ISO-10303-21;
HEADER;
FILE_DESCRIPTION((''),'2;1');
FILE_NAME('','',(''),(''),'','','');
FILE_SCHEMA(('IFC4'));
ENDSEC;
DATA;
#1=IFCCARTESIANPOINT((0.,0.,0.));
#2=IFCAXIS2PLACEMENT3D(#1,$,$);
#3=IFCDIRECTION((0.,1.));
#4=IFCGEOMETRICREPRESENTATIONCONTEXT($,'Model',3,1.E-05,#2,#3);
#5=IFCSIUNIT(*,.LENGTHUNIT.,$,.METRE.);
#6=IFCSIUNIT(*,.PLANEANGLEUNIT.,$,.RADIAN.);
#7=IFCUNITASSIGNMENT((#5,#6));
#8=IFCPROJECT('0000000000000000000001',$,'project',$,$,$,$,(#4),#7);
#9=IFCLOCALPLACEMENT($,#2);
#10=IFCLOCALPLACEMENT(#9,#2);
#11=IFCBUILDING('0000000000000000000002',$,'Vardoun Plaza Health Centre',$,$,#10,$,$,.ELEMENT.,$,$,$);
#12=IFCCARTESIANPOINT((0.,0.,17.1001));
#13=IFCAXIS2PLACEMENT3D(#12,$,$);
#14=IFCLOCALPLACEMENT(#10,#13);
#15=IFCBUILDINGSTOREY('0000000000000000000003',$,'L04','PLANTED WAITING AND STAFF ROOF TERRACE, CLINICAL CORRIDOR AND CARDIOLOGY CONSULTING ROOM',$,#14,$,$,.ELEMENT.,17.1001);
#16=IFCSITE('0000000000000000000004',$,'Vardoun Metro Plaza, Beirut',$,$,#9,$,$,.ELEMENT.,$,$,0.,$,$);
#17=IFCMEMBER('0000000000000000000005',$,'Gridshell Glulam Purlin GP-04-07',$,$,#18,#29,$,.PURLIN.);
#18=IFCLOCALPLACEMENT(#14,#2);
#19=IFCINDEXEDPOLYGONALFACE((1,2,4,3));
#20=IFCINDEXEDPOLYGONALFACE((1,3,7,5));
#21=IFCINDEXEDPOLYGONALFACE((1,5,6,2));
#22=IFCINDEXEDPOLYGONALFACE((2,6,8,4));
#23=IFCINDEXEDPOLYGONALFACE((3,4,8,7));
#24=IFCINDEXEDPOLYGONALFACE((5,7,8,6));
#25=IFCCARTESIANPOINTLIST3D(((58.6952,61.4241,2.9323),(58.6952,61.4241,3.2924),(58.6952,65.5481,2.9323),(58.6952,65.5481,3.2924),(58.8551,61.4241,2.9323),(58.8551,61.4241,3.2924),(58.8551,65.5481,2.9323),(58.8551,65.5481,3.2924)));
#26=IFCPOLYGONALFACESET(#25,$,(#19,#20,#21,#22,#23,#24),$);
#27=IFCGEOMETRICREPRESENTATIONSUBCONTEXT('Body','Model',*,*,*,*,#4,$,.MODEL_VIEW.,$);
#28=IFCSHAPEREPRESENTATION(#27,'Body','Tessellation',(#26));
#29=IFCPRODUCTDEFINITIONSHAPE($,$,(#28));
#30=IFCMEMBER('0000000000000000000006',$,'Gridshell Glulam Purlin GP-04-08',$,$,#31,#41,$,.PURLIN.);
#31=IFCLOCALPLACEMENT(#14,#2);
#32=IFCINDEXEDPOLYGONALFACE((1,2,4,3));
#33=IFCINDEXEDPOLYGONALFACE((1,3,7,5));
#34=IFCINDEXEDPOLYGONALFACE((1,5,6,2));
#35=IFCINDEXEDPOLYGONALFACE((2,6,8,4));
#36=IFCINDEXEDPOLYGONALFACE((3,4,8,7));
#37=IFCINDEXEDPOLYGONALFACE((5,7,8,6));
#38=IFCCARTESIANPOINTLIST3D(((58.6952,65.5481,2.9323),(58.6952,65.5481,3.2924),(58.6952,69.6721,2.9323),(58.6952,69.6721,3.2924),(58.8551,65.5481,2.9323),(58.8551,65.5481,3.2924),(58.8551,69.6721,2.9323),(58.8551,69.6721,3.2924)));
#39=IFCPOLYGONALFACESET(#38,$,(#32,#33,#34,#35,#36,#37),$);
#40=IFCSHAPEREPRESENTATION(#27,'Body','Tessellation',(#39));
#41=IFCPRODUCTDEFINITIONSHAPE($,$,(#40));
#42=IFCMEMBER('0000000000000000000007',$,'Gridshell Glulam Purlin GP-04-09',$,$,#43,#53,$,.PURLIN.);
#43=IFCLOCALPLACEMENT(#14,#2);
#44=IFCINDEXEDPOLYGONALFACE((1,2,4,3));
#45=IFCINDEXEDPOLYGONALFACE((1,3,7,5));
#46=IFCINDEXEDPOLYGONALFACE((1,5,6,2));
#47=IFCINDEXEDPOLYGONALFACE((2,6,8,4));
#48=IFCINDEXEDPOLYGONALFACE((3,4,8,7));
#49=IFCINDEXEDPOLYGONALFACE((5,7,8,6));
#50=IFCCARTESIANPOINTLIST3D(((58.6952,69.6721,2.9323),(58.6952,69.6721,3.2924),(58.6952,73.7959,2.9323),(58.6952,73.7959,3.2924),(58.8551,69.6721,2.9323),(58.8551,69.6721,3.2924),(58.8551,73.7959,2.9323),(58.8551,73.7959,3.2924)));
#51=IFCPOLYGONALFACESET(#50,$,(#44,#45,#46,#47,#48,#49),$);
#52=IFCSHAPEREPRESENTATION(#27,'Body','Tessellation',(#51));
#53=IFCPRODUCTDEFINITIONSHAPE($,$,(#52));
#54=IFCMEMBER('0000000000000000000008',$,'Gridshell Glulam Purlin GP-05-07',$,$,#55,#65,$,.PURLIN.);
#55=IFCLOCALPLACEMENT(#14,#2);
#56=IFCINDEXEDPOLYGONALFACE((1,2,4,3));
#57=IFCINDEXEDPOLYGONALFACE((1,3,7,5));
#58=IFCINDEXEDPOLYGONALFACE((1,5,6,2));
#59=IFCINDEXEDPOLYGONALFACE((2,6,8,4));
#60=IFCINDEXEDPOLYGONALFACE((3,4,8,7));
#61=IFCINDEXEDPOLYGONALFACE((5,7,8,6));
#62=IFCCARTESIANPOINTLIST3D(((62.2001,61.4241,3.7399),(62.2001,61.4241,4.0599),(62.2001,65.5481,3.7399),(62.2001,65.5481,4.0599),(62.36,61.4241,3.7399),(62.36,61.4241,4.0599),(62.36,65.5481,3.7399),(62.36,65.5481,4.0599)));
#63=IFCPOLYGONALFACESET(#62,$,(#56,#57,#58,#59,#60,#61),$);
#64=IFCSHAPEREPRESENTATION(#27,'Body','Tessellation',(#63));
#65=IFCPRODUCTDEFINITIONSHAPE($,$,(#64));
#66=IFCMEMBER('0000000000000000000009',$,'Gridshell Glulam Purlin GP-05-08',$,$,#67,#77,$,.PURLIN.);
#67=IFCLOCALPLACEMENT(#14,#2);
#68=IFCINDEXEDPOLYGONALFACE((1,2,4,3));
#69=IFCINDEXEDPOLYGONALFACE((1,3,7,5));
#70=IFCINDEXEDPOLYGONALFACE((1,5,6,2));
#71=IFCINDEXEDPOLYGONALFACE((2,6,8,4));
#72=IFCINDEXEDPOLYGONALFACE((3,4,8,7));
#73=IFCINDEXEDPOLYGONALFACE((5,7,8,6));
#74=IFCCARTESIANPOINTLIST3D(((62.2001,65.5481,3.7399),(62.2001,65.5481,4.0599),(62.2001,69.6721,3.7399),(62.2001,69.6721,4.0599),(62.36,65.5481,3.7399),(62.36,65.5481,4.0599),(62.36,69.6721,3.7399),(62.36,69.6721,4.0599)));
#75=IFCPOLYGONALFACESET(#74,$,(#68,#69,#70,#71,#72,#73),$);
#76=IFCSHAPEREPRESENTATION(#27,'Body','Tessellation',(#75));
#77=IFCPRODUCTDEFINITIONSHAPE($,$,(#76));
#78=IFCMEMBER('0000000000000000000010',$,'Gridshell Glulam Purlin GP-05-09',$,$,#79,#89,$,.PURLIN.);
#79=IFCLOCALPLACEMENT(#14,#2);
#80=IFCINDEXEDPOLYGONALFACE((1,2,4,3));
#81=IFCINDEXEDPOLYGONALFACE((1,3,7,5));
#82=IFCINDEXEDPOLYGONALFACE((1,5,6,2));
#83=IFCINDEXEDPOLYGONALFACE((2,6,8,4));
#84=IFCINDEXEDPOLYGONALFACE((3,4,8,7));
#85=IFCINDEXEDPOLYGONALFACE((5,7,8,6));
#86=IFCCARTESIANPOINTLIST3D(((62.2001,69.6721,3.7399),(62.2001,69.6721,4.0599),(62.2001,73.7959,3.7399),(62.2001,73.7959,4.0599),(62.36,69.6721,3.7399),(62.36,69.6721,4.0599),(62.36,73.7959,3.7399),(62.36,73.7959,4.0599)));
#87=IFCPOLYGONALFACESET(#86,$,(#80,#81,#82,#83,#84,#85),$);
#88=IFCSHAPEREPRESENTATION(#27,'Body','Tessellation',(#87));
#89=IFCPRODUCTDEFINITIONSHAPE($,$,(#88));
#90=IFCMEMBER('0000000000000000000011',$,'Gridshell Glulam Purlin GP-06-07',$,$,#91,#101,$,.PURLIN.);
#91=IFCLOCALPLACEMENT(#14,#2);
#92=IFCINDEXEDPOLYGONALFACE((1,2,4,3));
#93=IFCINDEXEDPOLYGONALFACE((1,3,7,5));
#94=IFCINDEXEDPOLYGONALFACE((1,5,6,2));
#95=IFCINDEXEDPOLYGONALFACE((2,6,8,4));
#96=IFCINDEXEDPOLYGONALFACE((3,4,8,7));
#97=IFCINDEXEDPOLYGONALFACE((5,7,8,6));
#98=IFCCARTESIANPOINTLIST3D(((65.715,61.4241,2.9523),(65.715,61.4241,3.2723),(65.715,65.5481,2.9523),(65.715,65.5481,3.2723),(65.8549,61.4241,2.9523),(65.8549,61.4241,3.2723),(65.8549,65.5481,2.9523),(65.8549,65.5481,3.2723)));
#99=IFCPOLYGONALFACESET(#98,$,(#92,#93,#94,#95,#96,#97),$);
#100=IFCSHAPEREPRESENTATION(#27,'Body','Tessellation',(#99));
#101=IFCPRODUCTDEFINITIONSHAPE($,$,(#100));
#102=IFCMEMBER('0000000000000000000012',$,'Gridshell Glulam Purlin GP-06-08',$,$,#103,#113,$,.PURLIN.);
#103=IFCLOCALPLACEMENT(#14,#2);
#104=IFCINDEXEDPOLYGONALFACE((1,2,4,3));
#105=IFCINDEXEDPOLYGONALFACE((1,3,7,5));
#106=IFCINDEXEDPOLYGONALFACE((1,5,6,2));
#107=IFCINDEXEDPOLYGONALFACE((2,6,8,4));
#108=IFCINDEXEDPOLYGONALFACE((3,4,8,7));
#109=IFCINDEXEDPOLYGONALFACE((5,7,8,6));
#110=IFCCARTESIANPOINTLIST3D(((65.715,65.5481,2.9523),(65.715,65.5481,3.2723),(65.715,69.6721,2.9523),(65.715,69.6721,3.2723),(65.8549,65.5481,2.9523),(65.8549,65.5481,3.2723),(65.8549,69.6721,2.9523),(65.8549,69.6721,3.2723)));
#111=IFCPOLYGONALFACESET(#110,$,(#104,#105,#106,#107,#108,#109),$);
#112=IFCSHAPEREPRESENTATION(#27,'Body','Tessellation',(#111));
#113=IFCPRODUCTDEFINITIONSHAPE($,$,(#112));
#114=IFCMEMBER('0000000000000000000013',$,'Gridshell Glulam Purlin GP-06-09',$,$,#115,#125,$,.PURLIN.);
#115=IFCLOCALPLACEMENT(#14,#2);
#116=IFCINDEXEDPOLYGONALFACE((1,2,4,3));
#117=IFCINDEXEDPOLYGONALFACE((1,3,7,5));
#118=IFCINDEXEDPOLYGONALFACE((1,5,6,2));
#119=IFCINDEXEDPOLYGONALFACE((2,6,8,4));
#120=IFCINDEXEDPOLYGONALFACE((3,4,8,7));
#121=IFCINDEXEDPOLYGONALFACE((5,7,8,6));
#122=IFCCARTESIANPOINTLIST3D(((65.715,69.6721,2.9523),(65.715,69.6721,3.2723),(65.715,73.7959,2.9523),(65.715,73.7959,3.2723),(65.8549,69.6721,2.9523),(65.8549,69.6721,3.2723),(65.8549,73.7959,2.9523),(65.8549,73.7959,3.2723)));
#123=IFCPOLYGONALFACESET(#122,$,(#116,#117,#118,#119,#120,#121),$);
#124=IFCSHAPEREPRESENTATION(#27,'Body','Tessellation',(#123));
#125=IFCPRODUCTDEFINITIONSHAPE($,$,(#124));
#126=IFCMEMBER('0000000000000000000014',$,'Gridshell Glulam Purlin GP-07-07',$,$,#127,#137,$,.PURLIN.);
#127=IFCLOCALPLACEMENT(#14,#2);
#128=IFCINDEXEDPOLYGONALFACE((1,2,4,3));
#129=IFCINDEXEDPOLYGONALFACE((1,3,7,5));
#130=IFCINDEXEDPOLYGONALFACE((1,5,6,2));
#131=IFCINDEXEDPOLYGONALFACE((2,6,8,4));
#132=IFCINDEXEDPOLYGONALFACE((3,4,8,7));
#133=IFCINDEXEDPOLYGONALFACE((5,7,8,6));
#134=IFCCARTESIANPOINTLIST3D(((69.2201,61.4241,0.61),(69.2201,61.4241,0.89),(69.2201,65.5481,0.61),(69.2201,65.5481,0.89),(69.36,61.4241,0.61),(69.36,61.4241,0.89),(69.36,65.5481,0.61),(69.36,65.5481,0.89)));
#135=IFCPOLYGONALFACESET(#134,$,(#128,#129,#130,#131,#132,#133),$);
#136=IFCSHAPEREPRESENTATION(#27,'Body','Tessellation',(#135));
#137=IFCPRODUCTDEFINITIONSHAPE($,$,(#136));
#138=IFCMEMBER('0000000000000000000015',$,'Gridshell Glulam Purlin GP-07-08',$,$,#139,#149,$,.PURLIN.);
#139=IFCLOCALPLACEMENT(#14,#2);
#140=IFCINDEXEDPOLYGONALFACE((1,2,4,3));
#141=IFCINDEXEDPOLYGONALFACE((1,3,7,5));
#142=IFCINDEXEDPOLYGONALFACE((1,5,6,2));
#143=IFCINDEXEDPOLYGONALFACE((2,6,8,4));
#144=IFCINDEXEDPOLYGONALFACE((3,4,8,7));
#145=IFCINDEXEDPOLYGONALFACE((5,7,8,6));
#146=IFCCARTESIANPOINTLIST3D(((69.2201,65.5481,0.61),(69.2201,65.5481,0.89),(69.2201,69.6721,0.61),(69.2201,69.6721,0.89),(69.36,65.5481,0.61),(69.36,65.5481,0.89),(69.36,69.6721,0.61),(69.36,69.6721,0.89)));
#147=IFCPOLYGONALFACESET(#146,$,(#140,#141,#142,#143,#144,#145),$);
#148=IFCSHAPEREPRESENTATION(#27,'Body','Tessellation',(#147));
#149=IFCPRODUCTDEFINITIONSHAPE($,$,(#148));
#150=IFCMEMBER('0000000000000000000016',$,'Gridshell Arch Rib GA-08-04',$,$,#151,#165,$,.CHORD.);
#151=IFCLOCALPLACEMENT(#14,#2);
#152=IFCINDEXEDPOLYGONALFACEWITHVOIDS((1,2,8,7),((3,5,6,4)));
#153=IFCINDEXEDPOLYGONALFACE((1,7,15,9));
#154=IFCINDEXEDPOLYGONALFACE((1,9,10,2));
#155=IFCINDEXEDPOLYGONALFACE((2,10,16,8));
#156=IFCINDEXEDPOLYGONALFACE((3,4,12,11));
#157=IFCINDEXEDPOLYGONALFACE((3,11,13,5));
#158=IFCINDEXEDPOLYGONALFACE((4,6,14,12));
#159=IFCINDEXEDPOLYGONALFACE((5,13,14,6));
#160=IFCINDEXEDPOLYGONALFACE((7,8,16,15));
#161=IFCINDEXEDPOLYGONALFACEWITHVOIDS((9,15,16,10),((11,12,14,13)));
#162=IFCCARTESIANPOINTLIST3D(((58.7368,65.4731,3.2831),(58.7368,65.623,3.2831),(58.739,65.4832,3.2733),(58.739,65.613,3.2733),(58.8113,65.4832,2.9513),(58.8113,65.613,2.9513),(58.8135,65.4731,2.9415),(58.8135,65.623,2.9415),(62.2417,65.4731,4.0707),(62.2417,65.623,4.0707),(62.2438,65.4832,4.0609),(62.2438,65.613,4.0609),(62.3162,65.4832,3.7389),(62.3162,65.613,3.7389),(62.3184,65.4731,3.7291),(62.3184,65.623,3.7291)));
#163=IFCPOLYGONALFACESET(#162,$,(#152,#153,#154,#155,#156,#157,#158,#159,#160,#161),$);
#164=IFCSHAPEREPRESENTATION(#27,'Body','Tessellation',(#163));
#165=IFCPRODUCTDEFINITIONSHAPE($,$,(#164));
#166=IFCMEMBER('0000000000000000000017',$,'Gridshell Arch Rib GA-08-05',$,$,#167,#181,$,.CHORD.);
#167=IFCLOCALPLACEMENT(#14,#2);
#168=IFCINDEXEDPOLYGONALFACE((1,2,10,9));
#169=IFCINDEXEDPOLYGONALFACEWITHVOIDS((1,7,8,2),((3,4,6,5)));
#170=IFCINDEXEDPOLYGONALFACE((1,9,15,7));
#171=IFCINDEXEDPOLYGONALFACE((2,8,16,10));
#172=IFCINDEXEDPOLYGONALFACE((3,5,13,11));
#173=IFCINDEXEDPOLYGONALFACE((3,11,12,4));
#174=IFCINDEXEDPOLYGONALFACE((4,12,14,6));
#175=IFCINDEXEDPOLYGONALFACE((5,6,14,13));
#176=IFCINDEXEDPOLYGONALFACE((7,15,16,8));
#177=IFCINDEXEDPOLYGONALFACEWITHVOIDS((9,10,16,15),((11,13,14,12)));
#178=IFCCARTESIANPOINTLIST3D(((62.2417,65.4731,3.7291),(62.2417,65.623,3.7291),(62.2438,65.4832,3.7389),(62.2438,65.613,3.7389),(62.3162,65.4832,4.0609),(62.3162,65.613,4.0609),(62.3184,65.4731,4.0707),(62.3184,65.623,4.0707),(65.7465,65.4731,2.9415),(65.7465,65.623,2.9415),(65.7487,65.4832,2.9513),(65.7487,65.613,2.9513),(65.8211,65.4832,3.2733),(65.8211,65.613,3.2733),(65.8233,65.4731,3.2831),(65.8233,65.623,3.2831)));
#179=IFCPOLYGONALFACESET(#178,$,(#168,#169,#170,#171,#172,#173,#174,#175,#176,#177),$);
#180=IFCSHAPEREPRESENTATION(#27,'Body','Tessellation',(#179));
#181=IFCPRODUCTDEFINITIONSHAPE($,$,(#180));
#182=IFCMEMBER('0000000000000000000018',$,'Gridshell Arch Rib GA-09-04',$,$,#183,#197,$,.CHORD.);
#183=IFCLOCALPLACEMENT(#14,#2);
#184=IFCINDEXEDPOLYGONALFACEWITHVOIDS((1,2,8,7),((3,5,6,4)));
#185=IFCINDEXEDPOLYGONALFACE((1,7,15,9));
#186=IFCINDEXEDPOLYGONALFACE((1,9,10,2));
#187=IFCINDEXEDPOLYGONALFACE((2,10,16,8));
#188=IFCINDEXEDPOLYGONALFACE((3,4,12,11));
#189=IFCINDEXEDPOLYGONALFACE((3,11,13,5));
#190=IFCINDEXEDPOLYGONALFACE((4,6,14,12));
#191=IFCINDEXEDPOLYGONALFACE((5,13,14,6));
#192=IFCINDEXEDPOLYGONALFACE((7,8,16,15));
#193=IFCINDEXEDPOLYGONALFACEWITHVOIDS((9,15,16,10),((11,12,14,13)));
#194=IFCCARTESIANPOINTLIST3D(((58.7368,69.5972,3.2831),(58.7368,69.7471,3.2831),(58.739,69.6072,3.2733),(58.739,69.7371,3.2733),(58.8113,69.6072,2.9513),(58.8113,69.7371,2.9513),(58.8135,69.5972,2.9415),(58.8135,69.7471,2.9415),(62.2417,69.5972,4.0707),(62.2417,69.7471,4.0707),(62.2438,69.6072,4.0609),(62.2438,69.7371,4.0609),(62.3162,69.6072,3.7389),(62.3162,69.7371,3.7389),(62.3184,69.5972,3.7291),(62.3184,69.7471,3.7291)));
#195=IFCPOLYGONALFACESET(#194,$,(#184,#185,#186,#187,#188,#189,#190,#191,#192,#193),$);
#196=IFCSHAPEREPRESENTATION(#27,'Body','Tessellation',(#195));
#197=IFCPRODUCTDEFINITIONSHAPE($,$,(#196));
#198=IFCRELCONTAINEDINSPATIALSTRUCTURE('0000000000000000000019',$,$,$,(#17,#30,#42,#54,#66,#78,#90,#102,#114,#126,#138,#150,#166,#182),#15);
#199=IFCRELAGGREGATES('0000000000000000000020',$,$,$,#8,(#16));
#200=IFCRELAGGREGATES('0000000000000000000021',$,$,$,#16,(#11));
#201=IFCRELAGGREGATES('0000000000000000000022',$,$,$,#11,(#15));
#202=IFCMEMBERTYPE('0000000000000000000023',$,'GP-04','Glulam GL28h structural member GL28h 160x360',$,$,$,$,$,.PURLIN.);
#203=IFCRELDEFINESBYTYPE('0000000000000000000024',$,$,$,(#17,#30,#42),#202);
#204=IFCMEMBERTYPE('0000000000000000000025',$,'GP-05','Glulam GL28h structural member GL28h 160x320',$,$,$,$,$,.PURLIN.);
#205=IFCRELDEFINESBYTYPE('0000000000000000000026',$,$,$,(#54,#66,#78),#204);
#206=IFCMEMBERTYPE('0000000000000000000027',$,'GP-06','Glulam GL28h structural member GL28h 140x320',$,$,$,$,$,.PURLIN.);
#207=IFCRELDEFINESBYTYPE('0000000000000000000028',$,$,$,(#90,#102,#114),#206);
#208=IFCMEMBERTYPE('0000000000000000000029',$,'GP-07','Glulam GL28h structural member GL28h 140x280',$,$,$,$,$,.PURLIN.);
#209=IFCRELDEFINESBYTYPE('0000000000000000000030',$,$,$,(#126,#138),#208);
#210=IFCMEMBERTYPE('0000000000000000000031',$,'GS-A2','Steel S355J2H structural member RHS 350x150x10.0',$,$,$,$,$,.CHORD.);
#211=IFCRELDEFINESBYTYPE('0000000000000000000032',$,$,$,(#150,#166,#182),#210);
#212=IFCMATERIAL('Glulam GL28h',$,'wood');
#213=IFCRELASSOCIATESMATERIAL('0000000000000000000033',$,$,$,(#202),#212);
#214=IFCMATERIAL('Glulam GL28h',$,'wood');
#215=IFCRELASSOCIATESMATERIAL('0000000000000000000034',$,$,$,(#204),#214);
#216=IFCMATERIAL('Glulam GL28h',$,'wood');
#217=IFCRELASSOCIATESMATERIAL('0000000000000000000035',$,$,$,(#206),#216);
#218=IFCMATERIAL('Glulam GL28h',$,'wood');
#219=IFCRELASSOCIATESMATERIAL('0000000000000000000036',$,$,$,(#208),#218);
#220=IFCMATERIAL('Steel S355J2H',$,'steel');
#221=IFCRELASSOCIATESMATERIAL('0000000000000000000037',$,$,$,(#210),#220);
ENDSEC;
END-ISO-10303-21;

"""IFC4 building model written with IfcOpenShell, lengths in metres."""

from ifc_helpers import new_model, si_unit, direction, frame, origin, origin_2d, place, context, subcontext, project, spatial, rectangle, hollow_rectangle, extrude, material, material_profile, profile_set, type_object, element, save


model = new_model("IFC4")

# Units and contexts
model_context = context("Model", 3, precision=1e-05, world=origin(), true_north=direction((0.0, 1.0)))
body_context = subcontext(model_context, "Body", "Model", "MODEL_VIEW")
ifc_project = project(units=[si_unit("LENGTHUNIT", "METRE"), si_unit("PLANEANGLEUNIT", "RADIAN")], contexts=[model_context])

# Site, building, storey
site_placement = place(None, origin())
site = spatial("IfcSite", under=ifc_project, at=site_placement, Name="Vardoun Metro Plaza, Beirut", CompositionType="ELEMENT", RefElevation=0.0)
building_placement = place(site_placement, origin())
building = spatial("IfcBuilding", under=site, at=building_placement, Name="Vardoun Plaza Health Centre", CompositionType="ELEMENT")
storey_placement = place(building_placement, frame((0.0, 0.0, 17.1001)))
storey = spatial("IfcBuildingStorey", under=building, at=storey_placement, Name="L04", Description="PLANTED WAITING AND STAFF ROOF TERRACE, CLINICAL CORRIDOR AND CARDIOLOGY CONSULTING ROOM", CompositionType="ELEMENT", Elevation=17.1001)

# Members
ifc_material_1 = material(Name="Glulam GL28h", Category="wood")
ifc_material_profile_1 = material_profile(ifc_material_1, rectangle(XDim=0.1599, YDim=0.3601, at=origin_2d()), Name="GL28h 160x360")
ifc_profile_set_1 = profile_set([ifc_material_profile_1], Name="Glulam GL28h")
member_type_1 = type_object("IfcMemberType", Name="GP-04", Description="Glulam GL28h structural member GL28h 160x360", PredefinedType="PURLIN", material=ifc_profile_set_1)
for number, where, z_axis, x_axis, name in (
    (1, (58.7751, 61.4241, 3.1123), (0.0, 1.0, 0.0), (-1.0, 0.0, 0.0), "Gridshell Glulam Purlin GP-04-07"),
    (2, (58.7751, 65.5481, 3.1123), (0.0, 1.0, 0.0), (-1.0, 0.0, 0.0), "Gridshell Glulam Purlin GP-04-08"),
):
    element("IfcMember", number, at=place(storey_placement, frame(where, z_axis=z_axis, x_axis=x_axis)), inside=storey, type_object=member_type_1, Name=name, PredefinedType="PURLIN", context=body_context, shape_type="SweptSolid", body=[
        extrude(rectangle(XDim=0.1599, YDim=0.3601, at=origin_2d()), origin(), (0.0, 0.0, 1.0), 4.124),
    ])
member_1_placement = place(storey_placement, frame((58.7751, 69.6721, 3.1123), z_axis=(0.0, 1.0, 0.0), x_axis=(-1.0, 0.0, 0.0)))
element("IfcMember", 3, at=member_1_placement, inside=storey, type_object=member_type_1, Name="Gridshell Glulam Purlin GP-04-09", PredefinedType="PURLIN", context=body_context, shape_type="SweptSolid", body=[
    extrude(rectangle(XDim=0.1599, YDim=0.3601, at=origin_2d()), origin(), (0.0, 0.0, 1.0), 4.1238),
])
ifc_material_2 = material(Name="Glulam GL28h", Category="wood")
ifc_material_profile_2 = material_profile(ifc_material_2, rectangle(XDim=0.1599, YDim=0.3201, at=origin_2d()), Name="GL28h 160x320")
ifc_profile_set_2 = profile_set([ifc_material_profile_2], Name="Glulam GL28h")
member_type_2 = type_object("IfcMemberType", Name="GP-05", Description="Glulam GL28h structural member GL28h 160x320", PredefinedType="PURLIN", material=ifc_profile_set_2)
for number, where, z_axis, x_axis, name in (
    (4, (62.28, 61.4241, 3.8999), (0.0, 1.0, 0.0), (-1.0, 0.0, 0.0), "Gridshell Glulam Purlin GP-05-07"),
    (5, (62.28, 65.5481, 3.8999), (0.0, 1.0, 0.0), (-1.0, 0.0, 0.0), "Gridshell Glulam Purlin GP-05-08"),
):
    element("IfcMember", number, at=place(storey_placement, frame(where, z_axis=z_axis, x_axis=x_axis)), inside=storey, type_object=member_type_2, Name=name, PredefinedType="PURLIN", context=body_context, shape_type="SweptSolid", body=[
        extrude(rectangle(XDim=0.1599, YDim=0.3201, at=origin_2d()), origin(), (0.0, 0.0, 1.0), 4.124),
    ])
member_2_placement = place(storey_placement, frame((62.28, 69.6721, 3.8999), z_axis=(0.0, 1.0, 0.0), x_axis=(-1.0, 0.0, 0.0)))
element("IfcMember", 6, at=member_2_placement, inside=storey, type_object=member_type_2, Name="Gridshell Glulam Purlin GP-05-09", PredefinedType="PURLIN", context=body_context, shape_type="SweptSolid", body=[
    extrude(rectangle(XDim=0.1599, YDim=0.3201, at=origin_2d()), origin(), (0.0, 0.0, 1.0), 4.1238),
])
ifc_material_3 = material(Name="Glulam GL28h", Category="wood")
ifc_material_profile_3 = material_profile(ifc_material_3, rectangle(XDim=0.1399, YDim=0.3201, at=origin_2d()), Name="GL28h 140x320")
ifc_profile_set_3 = profile_set([ifc_material_profile_3], Name="Glulam GL28h")
member_type_3 = type_object("IfcMemberType", Name="GP-06", Description="Glulam GL28h structural member GL28h 140x320", PredefinedType="PURLIN", material=ifc_profile_set_3)
for number, where, z_axis, x_axis, name in (
    (7, (65.7849, 61.4241, 3.1123), (0.0, 1.0, 0.0), (-1.0, 0.0, 0.0), "Gridshell Glulam Purlin GP-06-07"),
    (8, (65.7849, 65.5481, 3.1123), (0.0, 1.0, 0.0), (-1.0, 0.0, 0.0), "Gridshell Glulam Purlin GP-06-08"),
):
    element("IfcMember", number, at=place(storey_placement, frame(where, z_axis=z_axis, x_axis=x_axis)), inside=storey, type_object=member_type_3, Name=name, PredefinedType="PURLIN", context=body_context, shape_type="SweptSolid", body=[
        extrude(rectangle(XDim=0.1399, YDim=0.3201, at=origin_2d()), origin(), (0.0, 0.0, 1.0), 4.124),
    ])
member_3_placement = place(storey_placement, frame((65.7849, 69.6721, 3.1123), z_axis=(0.0, 1.0, 0.0), x_axis=(-1.0, 0.0, 0.0)))
element("IfcMember", 9, at=member_3_placement, inside=storey, type_object=member_type_3, Name="Gridshell Glulam Purlin GP-06-09", PredefinedType="PURLIN", context=body_context, shape_type="SweptSolid", body=[
    extrude(rectangle(XDim=0.1399, YDim=0.3201, at=origin_2d()), origin(), (0.0, 0.0, 1.0), 4.1238),
])
ifc_material_4 = material(Name="Glulam GL28h", Category="wood")
ifc_material_profile_4 = material_profile(ifc_material_4, rectangle(XDim=0.1399, YDim=0.28, at=origin_2d()), Name="GL28h 140x280")
ifc_profile_set_4 = profile_set([ifc_material_profile_4], Name="Glulam GL28h")
member_type_4 = type_object("IfcMemberType", Name="GP-07", Description="Glulam GL28h structural member GL28h 140x280", PredefinedType="PURLIN", material=ifc_profile_set_4)
for number, where, z_axis, x_axis, name in (
    (10, (69.29, 61.4241, 0.75), (0.0, 1.0, 0.0), (-1.0, 0.0, 0.0), "Gridshell Glulam Purlin GP-07-07"),
    (11, (69.29, 65.5481, 0.75), (0.0, 1.0, 0.0), (-1.0, 0.0, 0.0), "Gridshell Glulam Purlin GP-07-08"),
):
    element("IfcMember", number, at=place(storey_placement, frame(where, z_axis=z_axis, x_axis=x_axis)), inside=storey, type_object=member_type_4, Name=name, PredefinedType="PURLIN", context=body_context, shape_type="SweptSolid", body=[
        extrude(rectangle(XDim=0.1399, YDim=0.28, at=origin_2d()), origin(), (0.0, 0.0, 1.0), 4.124),
    ])
ifc_material_5 = material(Name="Steel S355J2H", Category="steel")
ifc_material_profile_5 = material_profile(ifc_material_5, hollow_rectangle(XDim=0.1499, YDim=0.3501, WallThickness=0.01, at=origin_2d()), Name="RHS 350x150x10.0")
ifc_profile_set_5 = profile_set([ifc_material_profile_5], Name="Steel S355J2H")
member_type_5 = type_object("IfcMemberType", Name="GS-A2", Description="Steel S355J2H structural member RHS 350x150x10.0", PredefinedType="CHORD", material=ifc_profile_set_5)
for number, where, z_axis, x_axis, name in (
    (12, (58.7751, 65.5481, 3.1123), (0.975669, 0.0, 0.219247), (0.0, 1.0, 0.0), "Gridshell Arch Rib GA-08-04"),
    (13, (65.7849, 65.5481, 3.1123), (-0.975669, 0.0, 0.219247), (0.0, -1.0, 0.0), "Gridshell Arch Rib GA-08-05"),
    (14, (58.7751, 69.6721, 3.1123), (0.975669, 0.0, 0.219247), (0.0, 1.0, 0.0), "Gridshell Arch Rib GA-09-04"),
):
    element("IfcMember", number, at=place(storey_placement, frame(where, z_axis=z_axis, x_axis=x_axis)), inside=storey, type_object=member_type_5, Name=name, PredefinedType="CHORD", context=body_context, shape_type="SweptSolid", body=[
        extrude(hollow_rectangle(XDim=0.1499, YDim=0.3501, WallThickness=0.01, at=origin_2d()), origin(), (0.0, 0.0, 1.0), 3.5923),
    ])

save(model, "model.ifc")
